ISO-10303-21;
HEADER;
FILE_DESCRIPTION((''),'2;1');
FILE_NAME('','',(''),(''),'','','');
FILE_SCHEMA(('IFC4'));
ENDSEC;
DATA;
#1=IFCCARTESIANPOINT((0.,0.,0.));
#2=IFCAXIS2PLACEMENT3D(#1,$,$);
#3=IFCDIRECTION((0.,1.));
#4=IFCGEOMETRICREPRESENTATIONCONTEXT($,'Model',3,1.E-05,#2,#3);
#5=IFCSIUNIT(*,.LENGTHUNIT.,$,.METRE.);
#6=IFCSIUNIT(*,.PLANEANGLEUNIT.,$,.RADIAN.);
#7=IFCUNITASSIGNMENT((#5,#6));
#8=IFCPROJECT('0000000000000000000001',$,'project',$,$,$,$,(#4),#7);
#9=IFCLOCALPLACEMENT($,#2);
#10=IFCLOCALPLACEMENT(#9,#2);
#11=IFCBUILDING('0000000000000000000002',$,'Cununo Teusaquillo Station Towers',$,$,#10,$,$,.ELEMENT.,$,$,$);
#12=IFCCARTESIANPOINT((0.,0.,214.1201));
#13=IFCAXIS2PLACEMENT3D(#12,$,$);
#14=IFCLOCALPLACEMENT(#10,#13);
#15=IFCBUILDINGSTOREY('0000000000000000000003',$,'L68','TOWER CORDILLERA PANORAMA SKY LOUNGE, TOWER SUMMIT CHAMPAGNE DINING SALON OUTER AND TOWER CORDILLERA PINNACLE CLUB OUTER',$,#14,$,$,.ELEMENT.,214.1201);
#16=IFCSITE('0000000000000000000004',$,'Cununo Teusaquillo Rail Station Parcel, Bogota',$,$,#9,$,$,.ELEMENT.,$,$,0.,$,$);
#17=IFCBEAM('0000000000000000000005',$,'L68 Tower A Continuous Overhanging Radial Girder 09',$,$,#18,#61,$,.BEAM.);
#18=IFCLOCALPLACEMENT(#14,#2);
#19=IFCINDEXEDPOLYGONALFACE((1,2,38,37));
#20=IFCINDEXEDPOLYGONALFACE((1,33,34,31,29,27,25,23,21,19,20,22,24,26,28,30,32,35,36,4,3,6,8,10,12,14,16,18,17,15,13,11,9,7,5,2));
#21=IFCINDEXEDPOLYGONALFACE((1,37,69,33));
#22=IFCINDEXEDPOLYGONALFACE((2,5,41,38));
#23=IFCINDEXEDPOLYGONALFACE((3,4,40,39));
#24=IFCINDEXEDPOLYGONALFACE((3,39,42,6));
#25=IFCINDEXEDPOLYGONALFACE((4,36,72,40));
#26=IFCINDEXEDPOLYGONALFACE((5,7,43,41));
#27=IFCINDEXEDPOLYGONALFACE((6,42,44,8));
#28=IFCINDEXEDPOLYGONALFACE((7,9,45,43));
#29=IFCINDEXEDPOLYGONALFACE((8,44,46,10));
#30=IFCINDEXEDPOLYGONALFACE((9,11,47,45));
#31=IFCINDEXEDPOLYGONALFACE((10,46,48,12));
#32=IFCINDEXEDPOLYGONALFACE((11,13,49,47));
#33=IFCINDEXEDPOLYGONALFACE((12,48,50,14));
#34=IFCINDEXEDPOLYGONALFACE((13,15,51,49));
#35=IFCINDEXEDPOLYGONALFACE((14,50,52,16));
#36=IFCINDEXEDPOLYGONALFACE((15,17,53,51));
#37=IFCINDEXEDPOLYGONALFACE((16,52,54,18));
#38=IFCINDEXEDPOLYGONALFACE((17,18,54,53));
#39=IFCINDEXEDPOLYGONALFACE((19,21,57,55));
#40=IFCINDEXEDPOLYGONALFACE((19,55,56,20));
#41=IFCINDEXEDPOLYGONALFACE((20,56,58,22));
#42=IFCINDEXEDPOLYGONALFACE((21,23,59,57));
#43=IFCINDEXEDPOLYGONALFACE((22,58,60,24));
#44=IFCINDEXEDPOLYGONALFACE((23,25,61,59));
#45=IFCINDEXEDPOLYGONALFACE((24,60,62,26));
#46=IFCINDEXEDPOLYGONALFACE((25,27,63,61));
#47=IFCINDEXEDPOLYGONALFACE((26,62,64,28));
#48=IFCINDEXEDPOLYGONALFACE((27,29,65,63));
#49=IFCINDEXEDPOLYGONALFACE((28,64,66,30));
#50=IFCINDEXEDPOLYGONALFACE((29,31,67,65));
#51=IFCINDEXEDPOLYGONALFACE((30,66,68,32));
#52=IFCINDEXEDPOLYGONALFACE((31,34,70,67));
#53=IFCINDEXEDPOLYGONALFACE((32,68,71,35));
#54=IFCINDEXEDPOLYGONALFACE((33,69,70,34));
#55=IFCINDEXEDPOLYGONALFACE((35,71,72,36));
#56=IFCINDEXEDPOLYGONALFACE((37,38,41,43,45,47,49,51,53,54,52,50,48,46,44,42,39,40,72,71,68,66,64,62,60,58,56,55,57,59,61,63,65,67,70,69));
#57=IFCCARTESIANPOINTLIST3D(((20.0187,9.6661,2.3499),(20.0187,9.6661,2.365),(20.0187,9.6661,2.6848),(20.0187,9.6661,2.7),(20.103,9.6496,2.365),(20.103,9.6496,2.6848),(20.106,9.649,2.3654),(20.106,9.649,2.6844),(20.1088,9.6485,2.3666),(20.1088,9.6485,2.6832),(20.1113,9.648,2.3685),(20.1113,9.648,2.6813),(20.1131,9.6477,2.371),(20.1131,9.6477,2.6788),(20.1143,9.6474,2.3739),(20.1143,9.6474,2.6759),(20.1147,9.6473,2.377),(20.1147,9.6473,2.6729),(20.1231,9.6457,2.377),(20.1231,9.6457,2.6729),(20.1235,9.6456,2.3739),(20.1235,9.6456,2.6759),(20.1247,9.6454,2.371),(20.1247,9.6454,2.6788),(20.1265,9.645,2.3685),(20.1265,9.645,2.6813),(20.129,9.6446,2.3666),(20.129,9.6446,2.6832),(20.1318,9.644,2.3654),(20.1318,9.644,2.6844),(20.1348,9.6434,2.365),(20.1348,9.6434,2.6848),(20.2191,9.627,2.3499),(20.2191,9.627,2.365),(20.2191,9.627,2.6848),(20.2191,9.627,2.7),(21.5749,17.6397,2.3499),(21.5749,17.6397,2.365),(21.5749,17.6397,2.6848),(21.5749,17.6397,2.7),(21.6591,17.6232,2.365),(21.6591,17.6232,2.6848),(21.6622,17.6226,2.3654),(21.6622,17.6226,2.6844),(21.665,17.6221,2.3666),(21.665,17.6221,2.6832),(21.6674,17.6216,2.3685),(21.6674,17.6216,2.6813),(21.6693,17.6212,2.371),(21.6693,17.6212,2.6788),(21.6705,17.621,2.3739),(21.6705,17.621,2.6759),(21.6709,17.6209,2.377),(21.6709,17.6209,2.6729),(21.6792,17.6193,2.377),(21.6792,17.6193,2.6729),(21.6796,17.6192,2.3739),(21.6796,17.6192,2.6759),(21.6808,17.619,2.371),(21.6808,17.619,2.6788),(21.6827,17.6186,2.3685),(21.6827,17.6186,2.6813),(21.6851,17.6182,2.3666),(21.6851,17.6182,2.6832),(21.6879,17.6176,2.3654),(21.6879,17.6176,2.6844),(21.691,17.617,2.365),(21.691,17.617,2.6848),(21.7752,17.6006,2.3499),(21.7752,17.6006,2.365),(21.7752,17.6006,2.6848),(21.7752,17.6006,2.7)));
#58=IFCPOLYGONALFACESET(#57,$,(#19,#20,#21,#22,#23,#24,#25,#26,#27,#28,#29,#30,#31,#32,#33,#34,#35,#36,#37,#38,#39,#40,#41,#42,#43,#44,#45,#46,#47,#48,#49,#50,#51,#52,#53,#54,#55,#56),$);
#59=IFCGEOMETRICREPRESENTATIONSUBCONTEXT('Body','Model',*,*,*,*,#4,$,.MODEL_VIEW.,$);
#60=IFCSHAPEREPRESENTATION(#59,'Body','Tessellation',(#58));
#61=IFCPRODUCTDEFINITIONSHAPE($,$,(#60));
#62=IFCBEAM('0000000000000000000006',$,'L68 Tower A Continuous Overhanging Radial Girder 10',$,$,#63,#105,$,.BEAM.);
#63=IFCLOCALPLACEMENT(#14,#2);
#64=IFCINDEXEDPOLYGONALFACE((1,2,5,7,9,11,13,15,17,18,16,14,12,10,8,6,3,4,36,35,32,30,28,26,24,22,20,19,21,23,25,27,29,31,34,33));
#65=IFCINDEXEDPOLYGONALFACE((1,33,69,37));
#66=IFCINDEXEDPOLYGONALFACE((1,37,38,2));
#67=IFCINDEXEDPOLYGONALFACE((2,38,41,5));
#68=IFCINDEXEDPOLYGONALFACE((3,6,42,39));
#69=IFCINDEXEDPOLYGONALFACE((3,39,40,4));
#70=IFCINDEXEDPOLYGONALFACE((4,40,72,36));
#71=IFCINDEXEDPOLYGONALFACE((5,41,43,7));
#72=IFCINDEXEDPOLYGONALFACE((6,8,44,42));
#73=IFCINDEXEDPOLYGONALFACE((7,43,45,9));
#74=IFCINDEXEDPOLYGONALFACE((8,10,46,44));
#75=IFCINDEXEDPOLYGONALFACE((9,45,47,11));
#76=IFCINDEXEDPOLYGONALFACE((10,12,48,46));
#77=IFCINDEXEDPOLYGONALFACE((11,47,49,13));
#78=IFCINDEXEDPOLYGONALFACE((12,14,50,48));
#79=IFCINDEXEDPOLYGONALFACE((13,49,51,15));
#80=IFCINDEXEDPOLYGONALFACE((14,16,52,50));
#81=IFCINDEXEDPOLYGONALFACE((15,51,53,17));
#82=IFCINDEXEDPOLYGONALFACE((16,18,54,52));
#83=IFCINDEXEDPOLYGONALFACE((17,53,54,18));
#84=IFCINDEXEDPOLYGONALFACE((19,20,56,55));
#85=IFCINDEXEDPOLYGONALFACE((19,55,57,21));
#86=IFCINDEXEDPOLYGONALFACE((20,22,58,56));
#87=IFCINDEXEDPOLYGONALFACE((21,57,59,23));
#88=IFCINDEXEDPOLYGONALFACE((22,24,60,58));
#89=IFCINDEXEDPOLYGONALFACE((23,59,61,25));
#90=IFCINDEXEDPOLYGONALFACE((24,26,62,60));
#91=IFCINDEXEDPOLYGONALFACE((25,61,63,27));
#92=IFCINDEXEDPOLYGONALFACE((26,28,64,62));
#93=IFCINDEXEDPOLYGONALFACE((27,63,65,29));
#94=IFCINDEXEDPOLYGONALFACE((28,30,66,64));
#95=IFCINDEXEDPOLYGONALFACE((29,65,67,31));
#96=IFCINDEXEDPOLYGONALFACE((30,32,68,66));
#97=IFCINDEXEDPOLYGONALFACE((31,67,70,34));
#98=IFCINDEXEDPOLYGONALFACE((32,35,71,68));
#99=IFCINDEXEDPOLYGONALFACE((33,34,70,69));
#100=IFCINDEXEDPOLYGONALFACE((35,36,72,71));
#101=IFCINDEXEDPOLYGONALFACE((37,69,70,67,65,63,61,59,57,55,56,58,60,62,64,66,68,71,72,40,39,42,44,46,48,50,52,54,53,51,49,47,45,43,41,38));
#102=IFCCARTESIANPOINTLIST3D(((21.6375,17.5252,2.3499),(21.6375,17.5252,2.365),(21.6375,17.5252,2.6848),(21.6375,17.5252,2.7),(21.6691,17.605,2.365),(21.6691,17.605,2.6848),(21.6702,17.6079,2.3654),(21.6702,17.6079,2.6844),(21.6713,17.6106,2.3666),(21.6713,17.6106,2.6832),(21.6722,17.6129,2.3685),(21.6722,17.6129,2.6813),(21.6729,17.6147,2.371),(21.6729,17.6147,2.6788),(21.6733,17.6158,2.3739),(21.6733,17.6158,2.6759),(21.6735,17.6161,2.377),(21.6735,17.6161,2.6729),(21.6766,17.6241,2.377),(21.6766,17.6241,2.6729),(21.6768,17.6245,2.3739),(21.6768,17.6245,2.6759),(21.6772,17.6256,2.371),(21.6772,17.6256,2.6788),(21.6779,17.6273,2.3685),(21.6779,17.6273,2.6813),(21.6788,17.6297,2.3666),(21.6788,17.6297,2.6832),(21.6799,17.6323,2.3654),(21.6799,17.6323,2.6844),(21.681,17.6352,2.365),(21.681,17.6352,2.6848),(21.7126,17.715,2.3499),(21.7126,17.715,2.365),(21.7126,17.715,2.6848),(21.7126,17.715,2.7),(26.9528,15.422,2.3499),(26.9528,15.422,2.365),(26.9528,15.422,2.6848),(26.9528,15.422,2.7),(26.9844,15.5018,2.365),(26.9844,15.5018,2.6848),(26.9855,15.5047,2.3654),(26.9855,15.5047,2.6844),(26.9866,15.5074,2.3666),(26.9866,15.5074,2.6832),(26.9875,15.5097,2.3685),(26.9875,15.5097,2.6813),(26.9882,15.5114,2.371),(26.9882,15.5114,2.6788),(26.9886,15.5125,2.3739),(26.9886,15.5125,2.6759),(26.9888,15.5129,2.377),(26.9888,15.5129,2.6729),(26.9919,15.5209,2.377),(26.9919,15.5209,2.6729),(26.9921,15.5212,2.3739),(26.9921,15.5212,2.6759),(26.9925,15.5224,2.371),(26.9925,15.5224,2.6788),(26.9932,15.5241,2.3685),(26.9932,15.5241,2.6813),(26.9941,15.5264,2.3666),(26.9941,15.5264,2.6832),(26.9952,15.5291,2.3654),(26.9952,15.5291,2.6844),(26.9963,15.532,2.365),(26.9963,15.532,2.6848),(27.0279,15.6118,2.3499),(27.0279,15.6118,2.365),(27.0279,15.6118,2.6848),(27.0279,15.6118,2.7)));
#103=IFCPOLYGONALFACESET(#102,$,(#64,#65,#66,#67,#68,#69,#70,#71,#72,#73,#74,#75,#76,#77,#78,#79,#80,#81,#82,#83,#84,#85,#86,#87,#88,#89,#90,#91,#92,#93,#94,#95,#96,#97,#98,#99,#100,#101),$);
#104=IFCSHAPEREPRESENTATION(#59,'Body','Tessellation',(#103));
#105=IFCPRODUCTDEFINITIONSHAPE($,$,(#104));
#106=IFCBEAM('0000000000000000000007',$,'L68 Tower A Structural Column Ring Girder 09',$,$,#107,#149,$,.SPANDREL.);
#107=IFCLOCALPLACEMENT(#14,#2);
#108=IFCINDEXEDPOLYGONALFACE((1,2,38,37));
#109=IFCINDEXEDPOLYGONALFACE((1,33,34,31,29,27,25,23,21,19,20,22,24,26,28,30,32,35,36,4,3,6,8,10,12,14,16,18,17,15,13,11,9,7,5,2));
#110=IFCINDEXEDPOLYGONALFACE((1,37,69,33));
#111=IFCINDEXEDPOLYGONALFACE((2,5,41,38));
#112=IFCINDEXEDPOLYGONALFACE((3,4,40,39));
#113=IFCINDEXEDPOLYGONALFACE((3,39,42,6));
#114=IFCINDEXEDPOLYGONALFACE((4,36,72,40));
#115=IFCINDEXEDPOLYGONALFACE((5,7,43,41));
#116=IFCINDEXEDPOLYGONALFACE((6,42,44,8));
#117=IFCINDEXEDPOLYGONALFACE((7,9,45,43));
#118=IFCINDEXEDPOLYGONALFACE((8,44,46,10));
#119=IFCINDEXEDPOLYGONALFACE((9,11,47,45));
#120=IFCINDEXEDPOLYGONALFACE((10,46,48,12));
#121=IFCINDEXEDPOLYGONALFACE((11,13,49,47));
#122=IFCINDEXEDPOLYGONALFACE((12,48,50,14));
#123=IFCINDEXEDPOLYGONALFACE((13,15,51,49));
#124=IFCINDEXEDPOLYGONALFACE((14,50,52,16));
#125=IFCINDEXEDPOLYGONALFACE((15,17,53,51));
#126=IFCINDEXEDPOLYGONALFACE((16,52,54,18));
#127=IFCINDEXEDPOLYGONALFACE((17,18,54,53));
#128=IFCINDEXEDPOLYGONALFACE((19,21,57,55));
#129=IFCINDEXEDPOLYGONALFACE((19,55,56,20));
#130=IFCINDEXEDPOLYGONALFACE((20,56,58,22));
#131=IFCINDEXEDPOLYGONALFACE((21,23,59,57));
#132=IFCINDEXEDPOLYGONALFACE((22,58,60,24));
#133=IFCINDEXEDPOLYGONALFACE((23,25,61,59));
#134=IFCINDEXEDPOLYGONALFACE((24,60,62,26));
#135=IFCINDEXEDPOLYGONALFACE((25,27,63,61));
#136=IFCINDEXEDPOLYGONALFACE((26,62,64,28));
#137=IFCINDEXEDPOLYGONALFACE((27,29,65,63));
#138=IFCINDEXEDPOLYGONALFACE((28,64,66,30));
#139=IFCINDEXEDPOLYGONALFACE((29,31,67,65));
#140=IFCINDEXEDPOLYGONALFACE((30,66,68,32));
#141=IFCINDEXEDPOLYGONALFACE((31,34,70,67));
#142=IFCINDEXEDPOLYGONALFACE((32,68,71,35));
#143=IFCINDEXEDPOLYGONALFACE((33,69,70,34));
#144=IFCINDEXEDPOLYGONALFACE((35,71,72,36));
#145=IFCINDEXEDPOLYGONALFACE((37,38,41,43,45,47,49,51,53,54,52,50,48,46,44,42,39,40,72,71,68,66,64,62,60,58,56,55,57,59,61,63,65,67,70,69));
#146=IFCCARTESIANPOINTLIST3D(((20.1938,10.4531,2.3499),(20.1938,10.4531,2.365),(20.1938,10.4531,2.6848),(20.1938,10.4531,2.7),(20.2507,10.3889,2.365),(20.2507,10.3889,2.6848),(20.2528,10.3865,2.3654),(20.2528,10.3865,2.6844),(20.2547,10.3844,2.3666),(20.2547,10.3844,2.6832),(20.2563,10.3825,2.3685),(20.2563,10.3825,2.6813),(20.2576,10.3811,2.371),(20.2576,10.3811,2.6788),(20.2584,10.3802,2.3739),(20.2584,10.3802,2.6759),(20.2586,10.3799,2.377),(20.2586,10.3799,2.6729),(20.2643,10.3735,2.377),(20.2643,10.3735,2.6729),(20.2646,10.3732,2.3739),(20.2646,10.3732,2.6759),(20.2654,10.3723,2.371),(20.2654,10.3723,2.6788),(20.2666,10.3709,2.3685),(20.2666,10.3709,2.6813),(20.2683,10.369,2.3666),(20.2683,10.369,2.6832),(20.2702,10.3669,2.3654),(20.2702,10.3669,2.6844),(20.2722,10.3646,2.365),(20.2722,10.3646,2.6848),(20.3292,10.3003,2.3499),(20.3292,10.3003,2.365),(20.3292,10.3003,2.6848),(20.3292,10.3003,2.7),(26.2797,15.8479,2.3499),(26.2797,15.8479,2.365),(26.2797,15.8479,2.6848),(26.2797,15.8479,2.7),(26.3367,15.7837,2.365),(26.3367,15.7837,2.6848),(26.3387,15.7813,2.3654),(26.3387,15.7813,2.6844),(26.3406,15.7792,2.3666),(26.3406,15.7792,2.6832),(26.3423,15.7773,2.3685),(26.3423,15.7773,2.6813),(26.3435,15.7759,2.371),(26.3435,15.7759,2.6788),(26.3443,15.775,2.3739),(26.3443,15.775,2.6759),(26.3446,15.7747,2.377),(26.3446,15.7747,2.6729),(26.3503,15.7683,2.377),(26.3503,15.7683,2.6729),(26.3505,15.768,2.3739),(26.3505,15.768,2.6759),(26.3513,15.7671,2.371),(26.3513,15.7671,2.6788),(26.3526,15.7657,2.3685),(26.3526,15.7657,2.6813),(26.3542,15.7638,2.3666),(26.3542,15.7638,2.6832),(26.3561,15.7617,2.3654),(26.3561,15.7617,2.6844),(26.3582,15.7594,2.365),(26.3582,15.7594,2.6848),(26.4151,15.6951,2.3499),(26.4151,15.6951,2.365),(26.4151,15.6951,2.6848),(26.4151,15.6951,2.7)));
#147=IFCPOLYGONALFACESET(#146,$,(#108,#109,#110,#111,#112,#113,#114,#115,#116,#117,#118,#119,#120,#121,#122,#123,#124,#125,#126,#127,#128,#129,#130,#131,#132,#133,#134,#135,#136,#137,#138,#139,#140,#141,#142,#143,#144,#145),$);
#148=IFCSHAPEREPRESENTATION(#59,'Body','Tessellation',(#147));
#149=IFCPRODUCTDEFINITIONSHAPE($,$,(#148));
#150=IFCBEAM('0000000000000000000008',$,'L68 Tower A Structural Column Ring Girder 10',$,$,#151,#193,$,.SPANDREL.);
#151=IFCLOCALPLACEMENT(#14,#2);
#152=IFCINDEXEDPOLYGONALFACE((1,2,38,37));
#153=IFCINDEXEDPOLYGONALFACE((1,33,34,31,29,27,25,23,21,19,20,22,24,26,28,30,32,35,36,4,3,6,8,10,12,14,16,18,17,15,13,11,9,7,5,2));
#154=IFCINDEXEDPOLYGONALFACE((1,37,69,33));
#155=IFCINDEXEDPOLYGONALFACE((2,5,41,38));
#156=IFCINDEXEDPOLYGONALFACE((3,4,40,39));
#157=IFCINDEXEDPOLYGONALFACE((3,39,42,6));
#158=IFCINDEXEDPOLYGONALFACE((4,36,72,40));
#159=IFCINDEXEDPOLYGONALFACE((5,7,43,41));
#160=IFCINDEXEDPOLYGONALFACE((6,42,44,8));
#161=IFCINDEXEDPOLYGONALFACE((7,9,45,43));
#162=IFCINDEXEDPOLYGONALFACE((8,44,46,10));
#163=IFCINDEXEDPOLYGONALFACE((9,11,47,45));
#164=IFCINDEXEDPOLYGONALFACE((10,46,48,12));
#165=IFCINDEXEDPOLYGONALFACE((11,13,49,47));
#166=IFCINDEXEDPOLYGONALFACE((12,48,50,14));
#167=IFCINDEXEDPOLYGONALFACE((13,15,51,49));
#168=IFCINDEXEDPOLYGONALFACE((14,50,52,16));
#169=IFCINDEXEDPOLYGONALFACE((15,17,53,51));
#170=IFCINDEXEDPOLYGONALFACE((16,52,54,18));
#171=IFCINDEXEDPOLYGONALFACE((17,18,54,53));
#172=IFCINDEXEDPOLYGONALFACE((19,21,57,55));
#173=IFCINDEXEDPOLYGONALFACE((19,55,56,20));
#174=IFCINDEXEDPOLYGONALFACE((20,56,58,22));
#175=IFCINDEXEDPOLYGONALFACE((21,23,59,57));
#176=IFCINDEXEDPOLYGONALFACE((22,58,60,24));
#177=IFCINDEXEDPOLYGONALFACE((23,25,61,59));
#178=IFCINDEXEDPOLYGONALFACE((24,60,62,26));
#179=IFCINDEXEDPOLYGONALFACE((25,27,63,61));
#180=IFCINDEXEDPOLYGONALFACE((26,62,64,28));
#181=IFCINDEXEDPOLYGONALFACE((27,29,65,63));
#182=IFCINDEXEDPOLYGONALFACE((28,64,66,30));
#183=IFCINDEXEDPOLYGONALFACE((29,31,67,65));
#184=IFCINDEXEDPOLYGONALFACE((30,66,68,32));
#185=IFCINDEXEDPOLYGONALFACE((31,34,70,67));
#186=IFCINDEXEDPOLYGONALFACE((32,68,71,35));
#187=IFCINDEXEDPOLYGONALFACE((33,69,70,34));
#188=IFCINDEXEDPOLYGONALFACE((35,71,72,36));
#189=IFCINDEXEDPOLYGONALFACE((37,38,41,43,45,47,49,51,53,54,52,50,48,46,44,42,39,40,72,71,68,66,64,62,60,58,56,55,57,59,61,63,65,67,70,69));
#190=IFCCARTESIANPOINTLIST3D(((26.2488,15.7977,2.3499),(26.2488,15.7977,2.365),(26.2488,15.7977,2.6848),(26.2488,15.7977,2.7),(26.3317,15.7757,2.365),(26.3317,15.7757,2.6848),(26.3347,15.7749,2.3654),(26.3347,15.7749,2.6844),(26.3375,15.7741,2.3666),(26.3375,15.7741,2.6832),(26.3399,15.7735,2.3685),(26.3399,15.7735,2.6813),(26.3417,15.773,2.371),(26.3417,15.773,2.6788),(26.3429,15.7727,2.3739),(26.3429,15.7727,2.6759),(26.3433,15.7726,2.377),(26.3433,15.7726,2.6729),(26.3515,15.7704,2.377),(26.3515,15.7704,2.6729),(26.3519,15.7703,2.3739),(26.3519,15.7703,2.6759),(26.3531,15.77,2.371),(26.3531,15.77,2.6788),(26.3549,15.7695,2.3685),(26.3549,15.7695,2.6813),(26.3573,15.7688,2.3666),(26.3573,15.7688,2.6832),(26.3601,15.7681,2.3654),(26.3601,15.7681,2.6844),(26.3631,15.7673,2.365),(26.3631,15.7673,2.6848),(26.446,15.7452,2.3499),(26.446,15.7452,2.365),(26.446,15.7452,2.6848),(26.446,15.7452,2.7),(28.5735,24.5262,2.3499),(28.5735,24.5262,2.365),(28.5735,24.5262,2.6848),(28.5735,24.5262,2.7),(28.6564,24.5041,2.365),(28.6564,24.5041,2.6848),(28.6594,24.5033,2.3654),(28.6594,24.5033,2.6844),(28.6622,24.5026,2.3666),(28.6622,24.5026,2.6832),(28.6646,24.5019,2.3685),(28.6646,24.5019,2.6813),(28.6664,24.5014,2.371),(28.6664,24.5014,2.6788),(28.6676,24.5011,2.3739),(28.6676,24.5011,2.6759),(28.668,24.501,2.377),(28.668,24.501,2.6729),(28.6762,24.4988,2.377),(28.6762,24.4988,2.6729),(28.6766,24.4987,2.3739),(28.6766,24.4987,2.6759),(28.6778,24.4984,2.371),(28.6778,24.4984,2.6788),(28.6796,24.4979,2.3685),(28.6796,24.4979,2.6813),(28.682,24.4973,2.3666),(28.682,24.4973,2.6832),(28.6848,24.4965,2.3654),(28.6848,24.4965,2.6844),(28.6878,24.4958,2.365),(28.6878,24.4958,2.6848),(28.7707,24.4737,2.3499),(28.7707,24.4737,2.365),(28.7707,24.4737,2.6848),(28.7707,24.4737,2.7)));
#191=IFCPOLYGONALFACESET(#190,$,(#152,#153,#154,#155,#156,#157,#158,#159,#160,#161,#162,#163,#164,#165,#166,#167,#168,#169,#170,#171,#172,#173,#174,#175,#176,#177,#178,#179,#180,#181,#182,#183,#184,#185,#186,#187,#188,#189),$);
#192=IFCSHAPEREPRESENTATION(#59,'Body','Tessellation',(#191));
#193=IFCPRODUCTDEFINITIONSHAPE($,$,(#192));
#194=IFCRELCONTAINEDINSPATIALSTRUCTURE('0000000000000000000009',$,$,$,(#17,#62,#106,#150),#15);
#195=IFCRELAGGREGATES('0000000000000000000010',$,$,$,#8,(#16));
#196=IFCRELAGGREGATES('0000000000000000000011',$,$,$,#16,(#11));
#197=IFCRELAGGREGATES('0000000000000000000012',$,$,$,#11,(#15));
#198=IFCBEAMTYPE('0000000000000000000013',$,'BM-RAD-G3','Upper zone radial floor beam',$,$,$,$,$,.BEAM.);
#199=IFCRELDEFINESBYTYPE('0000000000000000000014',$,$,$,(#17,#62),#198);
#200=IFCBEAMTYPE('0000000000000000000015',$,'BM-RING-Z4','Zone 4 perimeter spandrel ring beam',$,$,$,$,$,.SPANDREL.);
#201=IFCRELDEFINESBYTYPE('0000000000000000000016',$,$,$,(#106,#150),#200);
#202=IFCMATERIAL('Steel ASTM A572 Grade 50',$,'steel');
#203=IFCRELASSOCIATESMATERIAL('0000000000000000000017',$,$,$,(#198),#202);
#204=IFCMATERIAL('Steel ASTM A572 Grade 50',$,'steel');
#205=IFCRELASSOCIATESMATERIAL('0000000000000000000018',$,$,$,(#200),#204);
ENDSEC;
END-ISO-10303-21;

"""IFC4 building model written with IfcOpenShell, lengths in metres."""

from ifc_helpers import new_model, si_unit, direction, frame, origin, origin_2d, place, context, subcontext, project, spatial, i_section, extrude, material, material_profile, profile_set, type_object, element, save


model = new_model("IFC4")

# Units and contexts
model_context = context("Model", 3, precision=1e-05, world=origin(), true_north=direction((0.0, 1.0)))
body_context = subcontext(model_context, "Body", "Model", "MODEL_VIEW")
ifc_project = project(units=[si_unit("LENGTHUNIT", "METRE"), si_unit("PLANEANGLEUNIT", "RADIAN")], contexts=[model_context])

# Site, building, storey
site_placement = place(None, origin())
site = spatial("IfcSite", under=ifc_project, at=site_placement, Name="Cununo Teusaquillo Rail Station Parcel, Bogota", CompositionType="ELEMENT", RefElevation=0.0)
building_placement = place(site_placement, origin())
building = spatial("IfcBuilding", under=site, at=building_placement, Name="Cununo Teusaquillo Station Towers", CompositionType="ELEMENT")
storey_placement = place(building_placement, frame((0.0, 0.0, 214.1201)))
storey = spatial("IfcBuildingStorey", under=building, at=storey_placement, Name="L68", Description="TOWER CORDILLERA PANORAMA SKY LOUNGE, TOWER SUMMIT CHAMPAGNE DINING SALON OUTER AND TOWER CORDILLERA PINNACLE CLUB OUTER", CompositionType="ELEMENT", Elevation=214.1201)

# Beams
ifc_material_1 = material(Name="Steel ASTM A572 Grade 50", Category="steel")
ifc_material_profile_1 = material_profile(ifc_material_1, i_section(OverallWidth=0.2041, OverallDepth=0.3501, WebThickness=0.0085, FlangeThickness=0.0151, FilletRadius=0.012, at=origin_2d()), Name="W14X48")
ifc_profile_set_1 = profile_set([ifc_material_profile_1], Name="Steel ASTM A572 Grade 50")
beam_type_1 = type_object("IfcBeamType", Name="BM-RAD-G3", Description="Upper zone radial floor beam", PredefinedType="BEAM", material=ifc_profile_set_1)
beam_1_placement = place(storey_placement, frame((21.675, 17.6201, 2.5249), z_axis=(-0.191548, -0.981483, 0.0), x_axis=(0.981483, -0.191548, 0.0)))
element("IfcBeam", 1, at=beam_1_placement, inside=storey, type_object=beam_type_1, Name="L68 Tower A Continuous Overhanging Radial Girder 09", PredefinedType="BEAM", context=body_context, shape_type="SweptSolid", body=[
    extrude(i_section(OverallWidth=0.2041, OverallDepth=0.3501, WebThickness=0.0085, FlangeThickness=0.0151, FilletRadius=0.012, at=origin_2d()), origin(), (0.0, 0.0, 1.0), 8.124),
])
beam_2_placement = place(storey_placement, frame((21.675, 17.6201, 2.5249), z_axis=(0.929852, -0.367935, 0.0), x_axis=(0.367935, 0.929852, 0.0)))
element("IfcBeam", 2, at=beam_2_placement, inside=storey, type_object=beam_type_1, Name="L68 Tower A Continuous Overhanging Radial Girder 10", PredefinedType="BEAM", context=body_context, shape_type="SweptSolid", body=[
    extrude(i_section(OverallWidth=0.2041, OverallDepth=0.3501, WebThickness=0.0085, FlangeThickness=0.0151, FilletRadius=0.012, at=origin_2d()), origin(), (0.0, 0.0, 1.0), 5.7163),
])
ifc_material_2 = material(Name="Steel ASTM A572 Grade 50", Category="steel")
ifc_material_profile_2 = material_profile(ifc_material_2, i_section(OverallWidth=0.2041, OverallDepth=0.3501, WebThickness=0.0085, FlangeThickness=0.0151, FilletRadius=0.012, at=origin_2d()), Name="W14X48")
ifc_profile_set_2 = profile_set([ifc_material_profile_2], Name="Steel ASTM A572 Grade 50")
beam_type_2 = type_object("IfcBeamType", Name="BM-RING-Z4", Description="Zone 4 perimeter spandrel ring beam", PredefinedType="SPANDREL", material=ifc_profile_set_2)
beam_3_placement = place(storey_placement, frame((20.2615, 10.3767, 2.5249), z_axis=(0.748321, 0.663337, 0.0), x_axis=(-0.663337, 0.748321, 0.0)))
element("IfcBeam", 3, at=beam_3_placement, inside=storey, type_object=beam_type_2, Name="L68 Tower A Structural Column Ring Girder 09", PredefinedType="SPANDREL", context=body_context, shape_type="SweptSolid", body=[
    extrude(i_section(OverallWidth=0.2041, OverallDepth=0.3501, WebThickness=0.0085, FlangeThickness=0.0151, FilletRadius=0.012, at=origin_2d()), origin(), (0.0, 0.0, 1.0), 8.1328),
])
beam_4_placement = place(storey_placement, frame((26.3474, 15.7715, 2.5249), z_axis=(0.257363, 0.966315, 0.0), x_axis=(-0.966315, 0.257363, 0.0)))
element("IfcBeam", 4, at=beam_4_placement, inside=storey, type_object=beam_type_2, Name="L68 Tower A Structural Column Ring Girder 10", PredefinedType="SPANDREL", context=body_context, shape_type="SweptSolid", body=[
    extrude(i_section(OverallWidth=0.2041, OverallDepth=0.3501, WebThickness=0.0085, FlangeThickness=0.0151, FilletRadius=0.012, at=origin_2d()), origin(), (0.0, 0.0, 1.0), 9.0327),
])

save(model, "model.ifc")
